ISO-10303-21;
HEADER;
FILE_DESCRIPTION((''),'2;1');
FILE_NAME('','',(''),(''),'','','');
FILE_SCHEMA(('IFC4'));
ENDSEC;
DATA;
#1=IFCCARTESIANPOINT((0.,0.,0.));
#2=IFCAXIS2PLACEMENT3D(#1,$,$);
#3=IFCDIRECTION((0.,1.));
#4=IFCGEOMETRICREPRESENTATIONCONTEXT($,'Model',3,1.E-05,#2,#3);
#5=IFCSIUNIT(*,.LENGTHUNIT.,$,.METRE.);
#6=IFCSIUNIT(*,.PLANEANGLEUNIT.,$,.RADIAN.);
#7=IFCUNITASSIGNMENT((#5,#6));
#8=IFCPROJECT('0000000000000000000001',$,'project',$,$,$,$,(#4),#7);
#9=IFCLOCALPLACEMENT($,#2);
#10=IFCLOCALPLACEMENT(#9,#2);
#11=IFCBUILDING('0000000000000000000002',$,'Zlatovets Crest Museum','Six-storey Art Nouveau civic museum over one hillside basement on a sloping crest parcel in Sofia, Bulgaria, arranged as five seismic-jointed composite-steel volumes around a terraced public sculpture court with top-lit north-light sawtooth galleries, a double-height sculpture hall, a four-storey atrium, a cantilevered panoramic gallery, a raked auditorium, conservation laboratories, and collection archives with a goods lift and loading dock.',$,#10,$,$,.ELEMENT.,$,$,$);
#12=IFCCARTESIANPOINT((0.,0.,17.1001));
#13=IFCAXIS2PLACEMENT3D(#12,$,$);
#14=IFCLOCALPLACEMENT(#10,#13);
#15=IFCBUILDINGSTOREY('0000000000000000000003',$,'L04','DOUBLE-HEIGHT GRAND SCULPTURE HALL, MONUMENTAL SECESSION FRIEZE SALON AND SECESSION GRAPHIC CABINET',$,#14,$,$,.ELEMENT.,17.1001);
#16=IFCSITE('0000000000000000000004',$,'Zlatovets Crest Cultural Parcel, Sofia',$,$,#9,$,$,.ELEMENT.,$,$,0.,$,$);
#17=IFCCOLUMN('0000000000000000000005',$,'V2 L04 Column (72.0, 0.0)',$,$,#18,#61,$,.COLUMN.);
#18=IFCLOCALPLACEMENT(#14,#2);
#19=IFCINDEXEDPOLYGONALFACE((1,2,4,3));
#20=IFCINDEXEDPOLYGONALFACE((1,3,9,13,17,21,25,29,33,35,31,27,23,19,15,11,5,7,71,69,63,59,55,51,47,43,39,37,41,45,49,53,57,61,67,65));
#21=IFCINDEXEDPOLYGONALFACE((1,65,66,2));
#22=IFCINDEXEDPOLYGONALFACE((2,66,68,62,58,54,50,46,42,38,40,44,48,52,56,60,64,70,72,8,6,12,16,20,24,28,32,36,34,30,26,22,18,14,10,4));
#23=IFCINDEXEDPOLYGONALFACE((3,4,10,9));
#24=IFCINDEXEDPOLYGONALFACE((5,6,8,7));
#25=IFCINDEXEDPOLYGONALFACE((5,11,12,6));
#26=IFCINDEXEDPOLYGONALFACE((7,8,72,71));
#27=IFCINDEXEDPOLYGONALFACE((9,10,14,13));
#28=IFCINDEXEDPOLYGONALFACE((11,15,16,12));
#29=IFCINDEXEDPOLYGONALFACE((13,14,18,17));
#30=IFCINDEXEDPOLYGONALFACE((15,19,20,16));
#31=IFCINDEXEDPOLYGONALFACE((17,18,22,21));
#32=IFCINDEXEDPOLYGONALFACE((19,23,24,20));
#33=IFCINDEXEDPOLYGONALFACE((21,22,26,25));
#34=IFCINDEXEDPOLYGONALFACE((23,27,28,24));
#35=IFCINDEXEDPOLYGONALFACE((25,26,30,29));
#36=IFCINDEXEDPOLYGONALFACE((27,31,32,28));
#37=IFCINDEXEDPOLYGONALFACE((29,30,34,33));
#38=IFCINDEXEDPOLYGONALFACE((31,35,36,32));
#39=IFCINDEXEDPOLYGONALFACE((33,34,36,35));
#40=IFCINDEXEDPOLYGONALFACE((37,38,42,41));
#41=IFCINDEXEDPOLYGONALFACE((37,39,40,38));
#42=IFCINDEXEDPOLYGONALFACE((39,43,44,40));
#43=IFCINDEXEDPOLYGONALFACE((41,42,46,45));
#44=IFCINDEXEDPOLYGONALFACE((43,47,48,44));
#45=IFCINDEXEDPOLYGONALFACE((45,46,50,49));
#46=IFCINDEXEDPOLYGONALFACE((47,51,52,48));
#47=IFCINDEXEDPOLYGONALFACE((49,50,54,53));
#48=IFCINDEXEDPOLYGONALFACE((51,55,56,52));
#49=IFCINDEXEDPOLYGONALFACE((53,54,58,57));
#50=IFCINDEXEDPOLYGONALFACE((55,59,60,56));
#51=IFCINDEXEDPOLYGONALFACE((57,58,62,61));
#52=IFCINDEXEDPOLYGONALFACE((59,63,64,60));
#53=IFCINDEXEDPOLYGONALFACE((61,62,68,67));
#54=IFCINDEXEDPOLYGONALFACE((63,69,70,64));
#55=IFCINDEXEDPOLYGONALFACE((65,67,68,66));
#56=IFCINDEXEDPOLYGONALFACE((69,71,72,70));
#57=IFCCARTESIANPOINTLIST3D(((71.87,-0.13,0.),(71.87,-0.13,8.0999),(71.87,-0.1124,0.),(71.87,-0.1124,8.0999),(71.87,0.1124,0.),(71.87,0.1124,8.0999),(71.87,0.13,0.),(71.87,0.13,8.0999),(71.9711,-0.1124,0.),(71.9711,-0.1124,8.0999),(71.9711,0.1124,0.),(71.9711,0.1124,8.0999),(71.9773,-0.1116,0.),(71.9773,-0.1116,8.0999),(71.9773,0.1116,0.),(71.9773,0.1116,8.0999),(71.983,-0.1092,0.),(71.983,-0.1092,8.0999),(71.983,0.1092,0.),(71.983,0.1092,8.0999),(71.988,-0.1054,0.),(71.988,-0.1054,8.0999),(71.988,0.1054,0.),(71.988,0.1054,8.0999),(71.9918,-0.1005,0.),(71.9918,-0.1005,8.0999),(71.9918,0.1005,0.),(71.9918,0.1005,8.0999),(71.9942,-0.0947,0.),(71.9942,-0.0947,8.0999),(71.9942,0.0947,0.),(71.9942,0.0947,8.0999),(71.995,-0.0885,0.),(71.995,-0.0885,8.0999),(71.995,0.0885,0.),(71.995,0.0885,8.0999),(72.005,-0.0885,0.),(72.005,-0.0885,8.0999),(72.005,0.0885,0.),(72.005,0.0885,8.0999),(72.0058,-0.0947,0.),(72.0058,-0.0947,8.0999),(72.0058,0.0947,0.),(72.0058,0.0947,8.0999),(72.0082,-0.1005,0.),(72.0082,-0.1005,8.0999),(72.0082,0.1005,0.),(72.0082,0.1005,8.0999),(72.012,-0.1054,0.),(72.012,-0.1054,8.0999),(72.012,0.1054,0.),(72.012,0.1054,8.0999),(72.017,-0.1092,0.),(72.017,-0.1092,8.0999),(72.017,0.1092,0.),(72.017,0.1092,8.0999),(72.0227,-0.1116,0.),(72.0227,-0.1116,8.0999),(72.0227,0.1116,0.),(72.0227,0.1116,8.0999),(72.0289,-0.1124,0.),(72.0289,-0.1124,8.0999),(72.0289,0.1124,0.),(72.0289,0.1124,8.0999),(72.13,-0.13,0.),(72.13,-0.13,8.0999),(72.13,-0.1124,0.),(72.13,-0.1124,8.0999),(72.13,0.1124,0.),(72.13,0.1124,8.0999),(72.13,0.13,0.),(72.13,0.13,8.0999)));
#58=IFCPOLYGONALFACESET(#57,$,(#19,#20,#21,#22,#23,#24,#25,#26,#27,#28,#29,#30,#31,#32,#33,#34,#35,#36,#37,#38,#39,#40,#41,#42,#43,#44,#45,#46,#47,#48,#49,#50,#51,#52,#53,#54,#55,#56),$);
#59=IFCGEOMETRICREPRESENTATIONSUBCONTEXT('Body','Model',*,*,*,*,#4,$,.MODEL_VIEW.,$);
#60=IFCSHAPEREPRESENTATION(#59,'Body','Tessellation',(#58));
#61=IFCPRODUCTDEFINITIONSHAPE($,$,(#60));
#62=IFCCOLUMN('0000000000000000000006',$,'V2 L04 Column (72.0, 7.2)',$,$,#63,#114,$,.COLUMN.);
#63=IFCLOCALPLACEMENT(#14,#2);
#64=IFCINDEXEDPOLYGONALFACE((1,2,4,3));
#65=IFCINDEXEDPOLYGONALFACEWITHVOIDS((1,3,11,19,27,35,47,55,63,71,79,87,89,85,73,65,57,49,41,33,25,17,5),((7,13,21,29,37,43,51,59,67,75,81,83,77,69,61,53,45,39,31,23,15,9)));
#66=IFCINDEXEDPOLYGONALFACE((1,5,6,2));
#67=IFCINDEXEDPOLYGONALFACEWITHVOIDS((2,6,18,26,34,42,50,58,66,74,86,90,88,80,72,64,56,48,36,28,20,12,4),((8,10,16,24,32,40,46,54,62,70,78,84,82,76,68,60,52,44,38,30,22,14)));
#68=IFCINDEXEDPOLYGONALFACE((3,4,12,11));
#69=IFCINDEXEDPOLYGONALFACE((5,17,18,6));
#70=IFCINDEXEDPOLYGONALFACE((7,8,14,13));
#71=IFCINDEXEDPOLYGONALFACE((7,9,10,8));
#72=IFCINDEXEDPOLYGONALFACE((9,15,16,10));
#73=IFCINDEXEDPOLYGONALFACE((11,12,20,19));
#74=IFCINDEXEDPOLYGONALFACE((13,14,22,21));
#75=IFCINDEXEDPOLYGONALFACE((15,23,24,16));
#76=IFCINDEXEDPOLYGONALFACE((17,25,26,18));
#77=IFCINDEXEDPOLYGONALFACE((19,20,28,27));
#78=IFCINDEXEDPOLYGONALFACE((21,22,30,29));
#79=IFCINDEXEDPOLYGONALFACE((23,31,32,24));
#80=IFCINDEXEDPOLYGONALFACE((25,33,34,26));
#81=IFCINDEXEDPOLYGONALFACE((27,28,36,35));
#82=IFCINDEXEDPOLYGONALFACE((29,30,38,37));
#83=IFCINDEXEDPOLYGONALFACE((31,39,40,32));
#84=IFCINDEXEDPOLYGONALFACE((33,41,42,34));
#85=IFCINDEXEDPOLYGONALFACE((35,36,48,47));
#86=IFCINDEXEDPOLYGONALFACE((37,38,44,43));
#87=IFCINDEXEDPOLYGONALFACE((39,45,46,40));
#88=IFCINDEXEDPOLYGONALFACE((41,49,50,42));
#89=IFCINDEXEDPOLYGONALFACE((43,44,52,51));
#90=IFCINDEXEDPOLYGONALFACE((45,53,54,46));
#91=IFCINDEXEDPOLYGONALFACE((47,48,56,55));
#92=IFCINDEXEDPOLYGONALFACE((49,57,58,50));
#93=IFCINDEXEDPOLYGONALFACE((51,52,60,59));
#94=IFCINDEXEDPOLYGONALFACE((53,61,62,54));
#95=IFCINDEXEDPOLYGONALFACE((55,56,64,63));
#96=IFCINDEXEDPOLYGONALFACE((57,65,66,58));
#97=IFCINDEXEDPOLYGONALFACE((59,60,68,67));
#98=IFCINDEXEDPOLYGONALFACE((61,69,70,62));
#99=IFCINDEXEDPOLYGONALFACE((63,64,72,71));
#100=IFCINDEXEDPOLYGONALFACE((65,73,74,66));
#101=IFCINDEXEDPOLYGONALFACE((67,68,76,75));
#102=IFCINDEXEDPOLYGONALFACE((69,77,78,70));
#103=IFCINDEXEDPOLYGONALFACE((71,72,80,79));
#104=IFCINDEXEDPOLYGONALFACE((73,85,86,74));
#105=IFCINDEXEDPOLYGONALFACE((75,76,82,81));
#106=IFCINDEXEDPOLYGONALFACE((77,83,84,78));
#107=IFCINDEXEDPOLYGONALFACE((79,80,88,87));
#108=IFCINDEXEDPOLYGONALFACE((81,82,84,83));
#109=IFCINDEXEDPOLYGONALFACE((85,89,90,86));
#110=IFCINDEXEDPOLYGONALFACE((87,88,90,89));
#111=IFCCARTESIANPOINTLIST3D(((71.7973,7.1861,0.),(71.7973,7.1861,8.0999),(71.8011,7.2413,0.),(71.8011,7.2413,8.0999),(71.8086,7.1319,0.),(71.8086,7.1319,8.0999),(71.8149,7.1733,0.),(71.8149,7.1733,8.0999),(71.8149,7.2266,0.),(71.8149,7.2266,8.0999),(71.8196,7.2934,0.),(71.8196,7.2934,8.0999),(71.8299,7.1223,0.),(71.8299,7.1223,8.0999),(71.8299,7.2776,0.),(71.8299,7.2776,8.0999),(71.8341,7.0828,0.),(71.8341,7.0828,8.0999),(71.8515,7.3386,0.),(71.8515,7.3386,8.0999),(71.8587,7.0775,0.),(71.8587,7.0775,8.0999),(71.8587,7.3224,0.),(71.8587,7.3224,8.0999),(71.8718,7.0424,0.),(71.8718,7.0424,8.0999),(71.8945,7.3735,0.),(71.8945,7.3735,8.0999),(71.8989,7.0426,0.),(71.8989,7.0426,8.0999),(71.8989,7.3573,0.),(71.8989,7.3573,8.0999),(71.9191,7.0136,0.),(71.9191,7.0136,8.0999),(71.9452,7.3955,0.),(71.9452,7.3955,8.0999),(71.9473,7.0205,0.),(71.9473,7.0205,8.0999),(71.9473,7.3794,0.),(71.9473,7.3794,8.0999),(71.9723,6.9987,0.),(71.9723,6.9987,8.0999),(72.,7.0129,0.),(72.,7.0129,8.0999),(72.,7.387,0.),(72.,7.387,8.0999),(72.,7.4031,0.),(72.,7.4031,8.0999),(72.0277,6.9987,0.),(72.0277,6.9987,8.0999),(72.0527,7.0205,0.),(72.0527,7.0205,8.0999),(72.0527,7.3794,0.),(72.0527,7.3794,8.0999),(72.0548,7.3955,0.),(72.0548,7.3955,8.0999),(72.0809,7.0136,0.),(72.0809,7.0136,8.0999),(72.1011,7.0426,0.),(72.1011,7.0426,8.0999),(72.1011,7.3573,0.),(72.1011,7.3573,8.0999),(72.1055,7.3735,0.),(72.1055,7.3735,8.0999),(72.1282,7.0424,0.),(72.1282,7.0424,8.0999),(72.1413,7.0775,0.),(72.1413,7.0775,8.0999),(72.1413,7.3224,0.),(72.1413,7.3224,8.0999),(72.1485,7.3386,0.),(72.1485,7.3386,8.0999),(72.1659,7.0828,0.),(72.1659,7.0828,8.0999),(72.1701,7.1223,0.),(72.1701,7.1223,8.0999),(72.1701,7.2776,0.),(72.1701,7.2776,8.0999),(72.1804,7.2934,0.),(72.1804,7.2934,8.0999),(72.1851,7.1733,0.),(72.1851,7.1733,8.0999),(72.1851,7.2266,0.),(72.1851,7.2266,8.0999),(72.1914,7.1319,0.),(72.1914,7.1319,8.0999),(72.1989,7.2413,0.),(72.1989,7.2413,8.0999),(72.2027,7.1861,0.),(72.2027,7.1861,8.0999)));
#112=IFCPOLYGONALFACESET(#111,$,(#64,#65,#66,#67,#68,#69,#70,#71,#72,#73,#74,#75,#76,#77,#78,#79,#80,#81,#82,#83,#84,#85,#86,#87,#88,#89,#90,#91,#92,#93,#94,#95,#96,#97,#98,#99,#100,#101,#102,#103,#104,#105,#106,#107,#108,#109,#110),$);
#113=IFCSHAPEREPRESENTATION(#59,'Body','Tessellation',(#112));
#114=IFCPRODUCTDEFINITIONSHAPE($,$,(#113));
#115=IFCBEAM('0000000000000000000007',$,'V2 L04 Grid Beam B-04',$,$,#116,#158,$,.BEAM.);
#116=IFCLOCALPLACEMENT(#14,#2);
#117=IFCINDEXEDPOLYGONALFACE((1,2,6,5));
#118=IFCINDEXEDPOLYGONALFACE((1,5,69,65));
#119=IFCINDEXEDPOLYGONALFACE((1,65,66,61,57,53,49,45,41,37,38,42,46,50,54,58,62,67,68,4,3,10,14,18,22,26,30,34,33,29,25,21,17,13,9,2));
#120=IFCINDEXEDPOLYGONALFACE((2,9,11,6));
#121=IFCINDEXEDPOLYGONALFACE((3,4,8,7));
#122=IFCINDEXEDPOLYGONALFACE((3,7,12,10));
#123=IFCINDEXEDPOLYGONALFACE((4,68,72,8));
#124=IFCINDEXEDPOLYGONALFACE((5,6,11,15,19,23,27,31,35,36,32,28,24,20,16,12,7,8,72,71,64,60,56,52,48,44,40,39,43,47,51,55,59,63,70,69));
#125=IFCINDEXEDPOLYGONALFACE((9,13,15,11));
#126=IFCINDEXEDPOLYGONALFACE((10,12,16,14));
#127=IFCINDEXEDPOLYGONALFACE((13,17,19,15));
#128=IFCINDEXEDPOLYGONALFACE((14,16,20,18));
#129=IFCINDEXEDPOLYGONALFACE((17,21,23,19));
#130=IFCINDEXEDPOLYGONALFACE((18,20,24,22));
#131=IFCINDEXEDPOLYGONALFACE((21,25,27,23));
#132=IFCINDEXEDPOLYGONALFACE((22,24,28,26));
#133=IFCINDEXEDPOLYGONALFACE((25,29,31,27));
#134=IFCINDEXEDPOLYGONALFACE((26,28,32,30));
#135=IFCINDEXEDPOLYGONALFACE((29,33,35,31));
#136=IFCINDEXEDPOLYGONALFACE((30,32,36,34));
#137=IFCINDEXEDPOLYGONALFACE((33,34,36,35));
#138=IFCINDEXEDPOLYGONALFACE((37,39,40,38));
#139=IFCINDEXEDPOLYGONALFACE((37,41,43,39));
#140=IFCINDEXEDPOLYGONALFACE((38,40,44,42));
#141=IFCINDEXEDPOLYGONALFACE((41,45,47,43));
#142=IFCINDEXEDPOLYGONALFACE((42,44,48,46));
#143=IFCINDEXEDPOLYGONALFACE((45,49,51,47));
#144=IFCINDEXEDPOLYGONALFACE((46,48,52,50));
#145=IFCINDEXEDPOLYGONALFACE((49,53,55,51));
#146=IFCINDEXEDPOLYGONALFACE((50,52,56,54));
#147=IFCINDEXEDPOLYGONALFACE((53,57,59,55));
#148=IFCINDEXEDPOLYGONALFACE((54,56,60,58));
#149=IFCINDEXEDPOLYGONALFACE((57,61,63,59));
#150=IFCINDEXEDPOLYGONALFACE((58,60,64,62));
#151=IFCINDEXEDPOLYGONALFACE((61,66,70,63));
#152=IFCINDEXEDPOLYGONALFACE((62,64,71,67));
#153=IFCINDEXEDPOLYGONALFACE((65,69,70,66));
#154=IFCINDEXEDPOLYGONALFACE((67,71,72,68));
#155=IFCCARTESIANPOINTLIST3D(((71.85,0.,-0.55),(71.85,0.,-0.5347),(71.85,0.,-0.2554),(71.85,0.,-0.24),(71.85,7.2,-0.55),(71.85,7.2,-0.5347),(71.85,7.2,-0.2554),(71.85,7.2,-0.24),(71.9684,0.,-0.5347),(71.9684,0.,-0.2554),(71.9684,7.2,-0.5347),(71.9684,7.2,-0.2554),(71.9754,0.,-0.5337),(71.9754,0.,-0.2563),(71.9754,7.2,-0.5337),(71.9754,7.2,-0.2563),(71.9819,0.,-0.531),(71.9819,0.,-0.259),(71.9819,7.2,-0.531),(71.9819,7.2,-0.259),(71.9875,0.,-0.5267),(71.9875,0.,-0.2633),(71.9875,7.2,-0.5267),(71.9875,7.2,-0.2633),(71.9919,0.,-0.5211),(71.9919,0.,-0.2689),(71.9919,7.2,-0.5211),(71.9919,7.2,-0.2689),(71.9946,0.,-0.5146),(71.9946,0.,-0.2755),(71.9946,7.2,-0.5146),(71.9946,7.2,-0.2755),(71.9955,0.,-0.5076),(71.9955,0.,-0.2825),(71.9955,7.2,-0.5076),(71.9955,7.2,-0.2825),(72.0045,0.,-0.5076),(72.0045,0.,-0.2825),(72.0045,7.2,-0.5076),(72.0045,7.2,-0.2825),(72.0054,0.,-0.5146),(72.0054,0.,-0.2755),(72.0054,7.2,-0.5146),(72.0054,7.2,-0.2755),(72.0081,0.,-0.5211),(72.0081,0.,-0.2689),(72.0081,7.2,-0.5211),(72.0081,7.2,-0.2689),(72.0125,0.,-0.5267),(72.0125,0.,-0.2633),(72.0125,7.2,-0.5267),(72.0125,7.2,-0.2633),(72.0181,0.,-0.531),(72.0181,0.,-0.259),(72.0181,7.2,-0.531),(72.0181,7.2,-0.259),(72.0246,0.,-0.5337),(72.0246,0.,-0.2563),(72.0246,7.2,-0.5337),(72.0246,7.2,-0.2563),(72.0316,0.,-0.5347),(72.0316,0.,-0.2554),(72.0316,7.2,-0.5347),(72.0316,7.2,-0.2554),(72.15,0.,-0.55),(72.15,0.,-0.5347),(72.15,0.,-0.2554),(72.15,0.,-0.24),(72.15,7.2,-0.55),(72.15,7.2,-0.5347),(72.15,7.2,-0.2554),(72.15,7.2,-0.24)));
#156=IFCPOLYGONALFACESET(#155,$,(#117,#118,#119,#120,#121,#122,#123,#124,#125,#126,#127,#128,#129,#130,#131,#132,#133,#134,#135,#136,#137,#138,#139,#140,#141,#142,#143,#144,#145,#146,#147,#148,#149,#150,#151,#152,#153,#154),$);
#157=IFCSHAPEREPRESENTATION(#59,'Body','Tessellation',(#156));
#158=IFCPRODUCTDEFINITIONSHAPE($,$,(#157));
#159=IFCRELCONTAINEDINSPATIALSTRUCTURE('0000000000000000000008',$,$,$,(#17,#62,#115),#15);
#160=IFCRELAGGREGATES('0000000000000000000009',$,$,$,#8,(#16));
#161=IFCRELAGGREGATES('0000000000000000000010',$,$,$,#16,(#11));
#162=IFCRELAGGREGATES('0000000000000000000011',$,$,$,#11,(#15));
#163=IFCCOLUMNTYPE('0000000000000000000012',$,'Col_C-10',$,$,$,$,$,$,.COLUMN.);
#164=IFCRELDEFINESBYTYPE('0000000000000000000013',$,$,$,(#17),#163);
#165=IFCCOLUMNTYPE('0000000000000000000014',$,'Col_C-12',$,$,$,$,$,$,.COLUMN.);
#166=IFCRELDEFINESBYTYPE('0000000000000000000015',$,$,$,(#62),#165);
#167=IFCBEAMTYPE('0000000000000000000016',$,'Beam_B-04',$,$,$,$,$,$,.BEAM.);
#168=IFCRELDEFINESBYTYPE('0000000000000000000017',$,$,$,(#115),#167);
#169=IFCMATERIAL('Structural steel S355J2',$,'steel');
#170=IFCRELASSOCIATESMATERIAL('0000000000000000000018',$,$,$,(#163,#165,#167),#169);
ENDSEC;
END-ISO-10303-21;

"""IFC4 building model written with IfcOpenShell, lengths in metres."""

from ifc_helpers import new_model, si_unit, direction, frame, origin, origin_2d, place, context, subcontext, project, spatial, hollow_circle, i_section, extrude, material, material_profile, profile_set, type_object, element, save


model = new_model("IFC4")

# Units and contexts
model_context = context("Model", 3, precision=1e-05, world=origin(), true_north=direction((0.0, 1.0)))
body_context = subcontext(model_context, "Body", "Model", "MODEL_VIEW")
ifc_project = project(units=[si_unit("LENGTHUNIT", "METRE"), si_unit("PLANEANGLEUNIT", "RADIAN")], contexts=[model_context])

# Site, building, storey
site_placement = place(None, origin())
site = spatial("IfcSite", under=ifc_project, at=site_placement, Name="Zlatovets Crest Cultural Parcel, Sofia", CompositionType="ELEMENT", RefElevation=0.0)
building_placement = place(site_placement, origin())
building = spatial("IfcBuilding", under=site, at=building_placement, Name="Zlatovets Crest Museum", Description="Six-storey Art Nouveau civic museum over one hillside basement on a sloping crest parcel in Sofia, Bulgaria, arranged as five seismic-jointed composite-steel volumes around a terraced public sculpture court with top-lit north-light sawtooth galleries, a double-height sculpture hall, a four-storey atrium, a cantilevered panoramic gallery, a raked auditorium, conservation laboratories, and collection archives with a goods lift and loading dock.", CompositionType="ELEMENT")
storey_placement = place(building_placement, frame((0.0, 0.0, 17.1001)))
storey = spatial("IfcBuildingStorey", under=building, at=storey_placement, Name="L04", Description="DOUBLE-HEIGHT GRAND SCULPTURE HALL, MONUMENTAL SECESSION FRIEZE SALON AND SECESSION GRAPHIC CABINET", CompositionType="ELEMENT", Elevation=17.1001)

# Columns
ifc_material_1 = material(Name="Structural steel S355J2", Category="steel")
ifc_material_profile_1 = material_profile(ifc_material_1, i_section(OverallWidth=0.26, OverallDepth=0.26, WebThickness=0.01, FlangeThickness=0.0176, FilletRadius=0.0239, at=origin_2d()), Name="HEB 260")
ifc_profile_set_1 = profile_set([ifc_material_profile_1], Name="Structural steel S355J2")
column_type_1 = type_object("IfcColumnType", Name="Col_C-10", PredefinedType="COLUMN", material=ifc_profile_set_1)
column_1_placement = place(storey_placement, frame((72.0, 0.0, 0.0), z_axis=(0.0, 0.0, 1.0), x_axis=(1.0, 0.0, 0.0)))
element("IfcColumn", 1, at=column_1_placement, inside=storey, type_object=column_type_1, Name="V2 L04 Column (72.0, 0.0)", PredefinedType="COLUMN", context=body_context, shape_type="SweptSolid", body=[
    extrude(i_section(OverallWidth=0.26, OverallDepth=0.26, WebThickness=0.01, FlangeThickness=0.0176, FilletRadius=0.0239, at=origin_2d()), origin(), (0.0, 0.0, 1.0), 8.0999),
])
ifc_material_profile_2 = material_profile(ifc_material_1, hollow_circle(Radius=0.2031, WallThickness=0.0161, at=origin_2d()), Name="CHS 406.4x16.0")
ifc_profile_set_2 = profile_set([ifc_material_profile_2], Name="Structural steel S355J2")
column_type_2 = type_object("IfcColumnType", Name="Col_C-12", PredefinedType="COLUMN", material=ifc_profile_set_2)
column_2_placement = place(storey_placement, frame((72.0, 7.2, 0.0), z_axis=(0.0, 0.0, 1.0), x_axis=(0.0, 1.0, 0.0)))
element("IfcColumn", 2, at=column_2_placement, inside=storey, type_object=column_type_2, Name="V2 L04 Column (72.0, 7.2)", PredefinedType="COLUMN", context=body_context, shape_type="SweptSolid", body=[
    extrude(hollow_circle(Radius=0.2031, WallThickness=0.0161, at=origin_2d()), origin(), (0.0, 0.0, 1.0), 8.0999),
])

# Beam
ifc_material_profile_3 = material_profile(ifc_material_1, i_section(OverallWidth=0.3, OverallDepth=0.3101, WebThickness=0.009, FlangeThickness=0.0154, FilletRadius=0.0271, at=origin_2d()), Name="HEA 320")
ifc_profile_set_3 = profile_set([ifc_material_profile_3], Name="Structural steel S355J2")
beam_type_1 = type_object("IfcBeamType", Name="Beam_B-04", PredefinedType="BEAM", material=ifc_profile_set_3)
for number, where, z_axis, x_axis, name in (
    (3, (72.0, 0.0, -0.395), (0.0, 1.0, 0.0), (-1.0, 0.0, 0.0), "V2 L04 Grid Beam B-04"),
):
    element("IfcBeam", number, at=place(storey_placement, frame(where, z_axis=z_axis, x_axis=x_axis)), inside=storey, type_object=beam_type_1, Name=name, PredefinedType="BEAM", context=body_context, shape_type="SweptSolid", body=[
        extrude(i_section(OverallWidth=0.3, OverallDepth=0.3101, WebThickness=0.009, FlangeThickness=0.0154, FilletRadius=0.0271, at=origin_2d()), origin(), (0.0, 0.0, 1.0), 7.2),
    ])

save(model, "model.ifc")
